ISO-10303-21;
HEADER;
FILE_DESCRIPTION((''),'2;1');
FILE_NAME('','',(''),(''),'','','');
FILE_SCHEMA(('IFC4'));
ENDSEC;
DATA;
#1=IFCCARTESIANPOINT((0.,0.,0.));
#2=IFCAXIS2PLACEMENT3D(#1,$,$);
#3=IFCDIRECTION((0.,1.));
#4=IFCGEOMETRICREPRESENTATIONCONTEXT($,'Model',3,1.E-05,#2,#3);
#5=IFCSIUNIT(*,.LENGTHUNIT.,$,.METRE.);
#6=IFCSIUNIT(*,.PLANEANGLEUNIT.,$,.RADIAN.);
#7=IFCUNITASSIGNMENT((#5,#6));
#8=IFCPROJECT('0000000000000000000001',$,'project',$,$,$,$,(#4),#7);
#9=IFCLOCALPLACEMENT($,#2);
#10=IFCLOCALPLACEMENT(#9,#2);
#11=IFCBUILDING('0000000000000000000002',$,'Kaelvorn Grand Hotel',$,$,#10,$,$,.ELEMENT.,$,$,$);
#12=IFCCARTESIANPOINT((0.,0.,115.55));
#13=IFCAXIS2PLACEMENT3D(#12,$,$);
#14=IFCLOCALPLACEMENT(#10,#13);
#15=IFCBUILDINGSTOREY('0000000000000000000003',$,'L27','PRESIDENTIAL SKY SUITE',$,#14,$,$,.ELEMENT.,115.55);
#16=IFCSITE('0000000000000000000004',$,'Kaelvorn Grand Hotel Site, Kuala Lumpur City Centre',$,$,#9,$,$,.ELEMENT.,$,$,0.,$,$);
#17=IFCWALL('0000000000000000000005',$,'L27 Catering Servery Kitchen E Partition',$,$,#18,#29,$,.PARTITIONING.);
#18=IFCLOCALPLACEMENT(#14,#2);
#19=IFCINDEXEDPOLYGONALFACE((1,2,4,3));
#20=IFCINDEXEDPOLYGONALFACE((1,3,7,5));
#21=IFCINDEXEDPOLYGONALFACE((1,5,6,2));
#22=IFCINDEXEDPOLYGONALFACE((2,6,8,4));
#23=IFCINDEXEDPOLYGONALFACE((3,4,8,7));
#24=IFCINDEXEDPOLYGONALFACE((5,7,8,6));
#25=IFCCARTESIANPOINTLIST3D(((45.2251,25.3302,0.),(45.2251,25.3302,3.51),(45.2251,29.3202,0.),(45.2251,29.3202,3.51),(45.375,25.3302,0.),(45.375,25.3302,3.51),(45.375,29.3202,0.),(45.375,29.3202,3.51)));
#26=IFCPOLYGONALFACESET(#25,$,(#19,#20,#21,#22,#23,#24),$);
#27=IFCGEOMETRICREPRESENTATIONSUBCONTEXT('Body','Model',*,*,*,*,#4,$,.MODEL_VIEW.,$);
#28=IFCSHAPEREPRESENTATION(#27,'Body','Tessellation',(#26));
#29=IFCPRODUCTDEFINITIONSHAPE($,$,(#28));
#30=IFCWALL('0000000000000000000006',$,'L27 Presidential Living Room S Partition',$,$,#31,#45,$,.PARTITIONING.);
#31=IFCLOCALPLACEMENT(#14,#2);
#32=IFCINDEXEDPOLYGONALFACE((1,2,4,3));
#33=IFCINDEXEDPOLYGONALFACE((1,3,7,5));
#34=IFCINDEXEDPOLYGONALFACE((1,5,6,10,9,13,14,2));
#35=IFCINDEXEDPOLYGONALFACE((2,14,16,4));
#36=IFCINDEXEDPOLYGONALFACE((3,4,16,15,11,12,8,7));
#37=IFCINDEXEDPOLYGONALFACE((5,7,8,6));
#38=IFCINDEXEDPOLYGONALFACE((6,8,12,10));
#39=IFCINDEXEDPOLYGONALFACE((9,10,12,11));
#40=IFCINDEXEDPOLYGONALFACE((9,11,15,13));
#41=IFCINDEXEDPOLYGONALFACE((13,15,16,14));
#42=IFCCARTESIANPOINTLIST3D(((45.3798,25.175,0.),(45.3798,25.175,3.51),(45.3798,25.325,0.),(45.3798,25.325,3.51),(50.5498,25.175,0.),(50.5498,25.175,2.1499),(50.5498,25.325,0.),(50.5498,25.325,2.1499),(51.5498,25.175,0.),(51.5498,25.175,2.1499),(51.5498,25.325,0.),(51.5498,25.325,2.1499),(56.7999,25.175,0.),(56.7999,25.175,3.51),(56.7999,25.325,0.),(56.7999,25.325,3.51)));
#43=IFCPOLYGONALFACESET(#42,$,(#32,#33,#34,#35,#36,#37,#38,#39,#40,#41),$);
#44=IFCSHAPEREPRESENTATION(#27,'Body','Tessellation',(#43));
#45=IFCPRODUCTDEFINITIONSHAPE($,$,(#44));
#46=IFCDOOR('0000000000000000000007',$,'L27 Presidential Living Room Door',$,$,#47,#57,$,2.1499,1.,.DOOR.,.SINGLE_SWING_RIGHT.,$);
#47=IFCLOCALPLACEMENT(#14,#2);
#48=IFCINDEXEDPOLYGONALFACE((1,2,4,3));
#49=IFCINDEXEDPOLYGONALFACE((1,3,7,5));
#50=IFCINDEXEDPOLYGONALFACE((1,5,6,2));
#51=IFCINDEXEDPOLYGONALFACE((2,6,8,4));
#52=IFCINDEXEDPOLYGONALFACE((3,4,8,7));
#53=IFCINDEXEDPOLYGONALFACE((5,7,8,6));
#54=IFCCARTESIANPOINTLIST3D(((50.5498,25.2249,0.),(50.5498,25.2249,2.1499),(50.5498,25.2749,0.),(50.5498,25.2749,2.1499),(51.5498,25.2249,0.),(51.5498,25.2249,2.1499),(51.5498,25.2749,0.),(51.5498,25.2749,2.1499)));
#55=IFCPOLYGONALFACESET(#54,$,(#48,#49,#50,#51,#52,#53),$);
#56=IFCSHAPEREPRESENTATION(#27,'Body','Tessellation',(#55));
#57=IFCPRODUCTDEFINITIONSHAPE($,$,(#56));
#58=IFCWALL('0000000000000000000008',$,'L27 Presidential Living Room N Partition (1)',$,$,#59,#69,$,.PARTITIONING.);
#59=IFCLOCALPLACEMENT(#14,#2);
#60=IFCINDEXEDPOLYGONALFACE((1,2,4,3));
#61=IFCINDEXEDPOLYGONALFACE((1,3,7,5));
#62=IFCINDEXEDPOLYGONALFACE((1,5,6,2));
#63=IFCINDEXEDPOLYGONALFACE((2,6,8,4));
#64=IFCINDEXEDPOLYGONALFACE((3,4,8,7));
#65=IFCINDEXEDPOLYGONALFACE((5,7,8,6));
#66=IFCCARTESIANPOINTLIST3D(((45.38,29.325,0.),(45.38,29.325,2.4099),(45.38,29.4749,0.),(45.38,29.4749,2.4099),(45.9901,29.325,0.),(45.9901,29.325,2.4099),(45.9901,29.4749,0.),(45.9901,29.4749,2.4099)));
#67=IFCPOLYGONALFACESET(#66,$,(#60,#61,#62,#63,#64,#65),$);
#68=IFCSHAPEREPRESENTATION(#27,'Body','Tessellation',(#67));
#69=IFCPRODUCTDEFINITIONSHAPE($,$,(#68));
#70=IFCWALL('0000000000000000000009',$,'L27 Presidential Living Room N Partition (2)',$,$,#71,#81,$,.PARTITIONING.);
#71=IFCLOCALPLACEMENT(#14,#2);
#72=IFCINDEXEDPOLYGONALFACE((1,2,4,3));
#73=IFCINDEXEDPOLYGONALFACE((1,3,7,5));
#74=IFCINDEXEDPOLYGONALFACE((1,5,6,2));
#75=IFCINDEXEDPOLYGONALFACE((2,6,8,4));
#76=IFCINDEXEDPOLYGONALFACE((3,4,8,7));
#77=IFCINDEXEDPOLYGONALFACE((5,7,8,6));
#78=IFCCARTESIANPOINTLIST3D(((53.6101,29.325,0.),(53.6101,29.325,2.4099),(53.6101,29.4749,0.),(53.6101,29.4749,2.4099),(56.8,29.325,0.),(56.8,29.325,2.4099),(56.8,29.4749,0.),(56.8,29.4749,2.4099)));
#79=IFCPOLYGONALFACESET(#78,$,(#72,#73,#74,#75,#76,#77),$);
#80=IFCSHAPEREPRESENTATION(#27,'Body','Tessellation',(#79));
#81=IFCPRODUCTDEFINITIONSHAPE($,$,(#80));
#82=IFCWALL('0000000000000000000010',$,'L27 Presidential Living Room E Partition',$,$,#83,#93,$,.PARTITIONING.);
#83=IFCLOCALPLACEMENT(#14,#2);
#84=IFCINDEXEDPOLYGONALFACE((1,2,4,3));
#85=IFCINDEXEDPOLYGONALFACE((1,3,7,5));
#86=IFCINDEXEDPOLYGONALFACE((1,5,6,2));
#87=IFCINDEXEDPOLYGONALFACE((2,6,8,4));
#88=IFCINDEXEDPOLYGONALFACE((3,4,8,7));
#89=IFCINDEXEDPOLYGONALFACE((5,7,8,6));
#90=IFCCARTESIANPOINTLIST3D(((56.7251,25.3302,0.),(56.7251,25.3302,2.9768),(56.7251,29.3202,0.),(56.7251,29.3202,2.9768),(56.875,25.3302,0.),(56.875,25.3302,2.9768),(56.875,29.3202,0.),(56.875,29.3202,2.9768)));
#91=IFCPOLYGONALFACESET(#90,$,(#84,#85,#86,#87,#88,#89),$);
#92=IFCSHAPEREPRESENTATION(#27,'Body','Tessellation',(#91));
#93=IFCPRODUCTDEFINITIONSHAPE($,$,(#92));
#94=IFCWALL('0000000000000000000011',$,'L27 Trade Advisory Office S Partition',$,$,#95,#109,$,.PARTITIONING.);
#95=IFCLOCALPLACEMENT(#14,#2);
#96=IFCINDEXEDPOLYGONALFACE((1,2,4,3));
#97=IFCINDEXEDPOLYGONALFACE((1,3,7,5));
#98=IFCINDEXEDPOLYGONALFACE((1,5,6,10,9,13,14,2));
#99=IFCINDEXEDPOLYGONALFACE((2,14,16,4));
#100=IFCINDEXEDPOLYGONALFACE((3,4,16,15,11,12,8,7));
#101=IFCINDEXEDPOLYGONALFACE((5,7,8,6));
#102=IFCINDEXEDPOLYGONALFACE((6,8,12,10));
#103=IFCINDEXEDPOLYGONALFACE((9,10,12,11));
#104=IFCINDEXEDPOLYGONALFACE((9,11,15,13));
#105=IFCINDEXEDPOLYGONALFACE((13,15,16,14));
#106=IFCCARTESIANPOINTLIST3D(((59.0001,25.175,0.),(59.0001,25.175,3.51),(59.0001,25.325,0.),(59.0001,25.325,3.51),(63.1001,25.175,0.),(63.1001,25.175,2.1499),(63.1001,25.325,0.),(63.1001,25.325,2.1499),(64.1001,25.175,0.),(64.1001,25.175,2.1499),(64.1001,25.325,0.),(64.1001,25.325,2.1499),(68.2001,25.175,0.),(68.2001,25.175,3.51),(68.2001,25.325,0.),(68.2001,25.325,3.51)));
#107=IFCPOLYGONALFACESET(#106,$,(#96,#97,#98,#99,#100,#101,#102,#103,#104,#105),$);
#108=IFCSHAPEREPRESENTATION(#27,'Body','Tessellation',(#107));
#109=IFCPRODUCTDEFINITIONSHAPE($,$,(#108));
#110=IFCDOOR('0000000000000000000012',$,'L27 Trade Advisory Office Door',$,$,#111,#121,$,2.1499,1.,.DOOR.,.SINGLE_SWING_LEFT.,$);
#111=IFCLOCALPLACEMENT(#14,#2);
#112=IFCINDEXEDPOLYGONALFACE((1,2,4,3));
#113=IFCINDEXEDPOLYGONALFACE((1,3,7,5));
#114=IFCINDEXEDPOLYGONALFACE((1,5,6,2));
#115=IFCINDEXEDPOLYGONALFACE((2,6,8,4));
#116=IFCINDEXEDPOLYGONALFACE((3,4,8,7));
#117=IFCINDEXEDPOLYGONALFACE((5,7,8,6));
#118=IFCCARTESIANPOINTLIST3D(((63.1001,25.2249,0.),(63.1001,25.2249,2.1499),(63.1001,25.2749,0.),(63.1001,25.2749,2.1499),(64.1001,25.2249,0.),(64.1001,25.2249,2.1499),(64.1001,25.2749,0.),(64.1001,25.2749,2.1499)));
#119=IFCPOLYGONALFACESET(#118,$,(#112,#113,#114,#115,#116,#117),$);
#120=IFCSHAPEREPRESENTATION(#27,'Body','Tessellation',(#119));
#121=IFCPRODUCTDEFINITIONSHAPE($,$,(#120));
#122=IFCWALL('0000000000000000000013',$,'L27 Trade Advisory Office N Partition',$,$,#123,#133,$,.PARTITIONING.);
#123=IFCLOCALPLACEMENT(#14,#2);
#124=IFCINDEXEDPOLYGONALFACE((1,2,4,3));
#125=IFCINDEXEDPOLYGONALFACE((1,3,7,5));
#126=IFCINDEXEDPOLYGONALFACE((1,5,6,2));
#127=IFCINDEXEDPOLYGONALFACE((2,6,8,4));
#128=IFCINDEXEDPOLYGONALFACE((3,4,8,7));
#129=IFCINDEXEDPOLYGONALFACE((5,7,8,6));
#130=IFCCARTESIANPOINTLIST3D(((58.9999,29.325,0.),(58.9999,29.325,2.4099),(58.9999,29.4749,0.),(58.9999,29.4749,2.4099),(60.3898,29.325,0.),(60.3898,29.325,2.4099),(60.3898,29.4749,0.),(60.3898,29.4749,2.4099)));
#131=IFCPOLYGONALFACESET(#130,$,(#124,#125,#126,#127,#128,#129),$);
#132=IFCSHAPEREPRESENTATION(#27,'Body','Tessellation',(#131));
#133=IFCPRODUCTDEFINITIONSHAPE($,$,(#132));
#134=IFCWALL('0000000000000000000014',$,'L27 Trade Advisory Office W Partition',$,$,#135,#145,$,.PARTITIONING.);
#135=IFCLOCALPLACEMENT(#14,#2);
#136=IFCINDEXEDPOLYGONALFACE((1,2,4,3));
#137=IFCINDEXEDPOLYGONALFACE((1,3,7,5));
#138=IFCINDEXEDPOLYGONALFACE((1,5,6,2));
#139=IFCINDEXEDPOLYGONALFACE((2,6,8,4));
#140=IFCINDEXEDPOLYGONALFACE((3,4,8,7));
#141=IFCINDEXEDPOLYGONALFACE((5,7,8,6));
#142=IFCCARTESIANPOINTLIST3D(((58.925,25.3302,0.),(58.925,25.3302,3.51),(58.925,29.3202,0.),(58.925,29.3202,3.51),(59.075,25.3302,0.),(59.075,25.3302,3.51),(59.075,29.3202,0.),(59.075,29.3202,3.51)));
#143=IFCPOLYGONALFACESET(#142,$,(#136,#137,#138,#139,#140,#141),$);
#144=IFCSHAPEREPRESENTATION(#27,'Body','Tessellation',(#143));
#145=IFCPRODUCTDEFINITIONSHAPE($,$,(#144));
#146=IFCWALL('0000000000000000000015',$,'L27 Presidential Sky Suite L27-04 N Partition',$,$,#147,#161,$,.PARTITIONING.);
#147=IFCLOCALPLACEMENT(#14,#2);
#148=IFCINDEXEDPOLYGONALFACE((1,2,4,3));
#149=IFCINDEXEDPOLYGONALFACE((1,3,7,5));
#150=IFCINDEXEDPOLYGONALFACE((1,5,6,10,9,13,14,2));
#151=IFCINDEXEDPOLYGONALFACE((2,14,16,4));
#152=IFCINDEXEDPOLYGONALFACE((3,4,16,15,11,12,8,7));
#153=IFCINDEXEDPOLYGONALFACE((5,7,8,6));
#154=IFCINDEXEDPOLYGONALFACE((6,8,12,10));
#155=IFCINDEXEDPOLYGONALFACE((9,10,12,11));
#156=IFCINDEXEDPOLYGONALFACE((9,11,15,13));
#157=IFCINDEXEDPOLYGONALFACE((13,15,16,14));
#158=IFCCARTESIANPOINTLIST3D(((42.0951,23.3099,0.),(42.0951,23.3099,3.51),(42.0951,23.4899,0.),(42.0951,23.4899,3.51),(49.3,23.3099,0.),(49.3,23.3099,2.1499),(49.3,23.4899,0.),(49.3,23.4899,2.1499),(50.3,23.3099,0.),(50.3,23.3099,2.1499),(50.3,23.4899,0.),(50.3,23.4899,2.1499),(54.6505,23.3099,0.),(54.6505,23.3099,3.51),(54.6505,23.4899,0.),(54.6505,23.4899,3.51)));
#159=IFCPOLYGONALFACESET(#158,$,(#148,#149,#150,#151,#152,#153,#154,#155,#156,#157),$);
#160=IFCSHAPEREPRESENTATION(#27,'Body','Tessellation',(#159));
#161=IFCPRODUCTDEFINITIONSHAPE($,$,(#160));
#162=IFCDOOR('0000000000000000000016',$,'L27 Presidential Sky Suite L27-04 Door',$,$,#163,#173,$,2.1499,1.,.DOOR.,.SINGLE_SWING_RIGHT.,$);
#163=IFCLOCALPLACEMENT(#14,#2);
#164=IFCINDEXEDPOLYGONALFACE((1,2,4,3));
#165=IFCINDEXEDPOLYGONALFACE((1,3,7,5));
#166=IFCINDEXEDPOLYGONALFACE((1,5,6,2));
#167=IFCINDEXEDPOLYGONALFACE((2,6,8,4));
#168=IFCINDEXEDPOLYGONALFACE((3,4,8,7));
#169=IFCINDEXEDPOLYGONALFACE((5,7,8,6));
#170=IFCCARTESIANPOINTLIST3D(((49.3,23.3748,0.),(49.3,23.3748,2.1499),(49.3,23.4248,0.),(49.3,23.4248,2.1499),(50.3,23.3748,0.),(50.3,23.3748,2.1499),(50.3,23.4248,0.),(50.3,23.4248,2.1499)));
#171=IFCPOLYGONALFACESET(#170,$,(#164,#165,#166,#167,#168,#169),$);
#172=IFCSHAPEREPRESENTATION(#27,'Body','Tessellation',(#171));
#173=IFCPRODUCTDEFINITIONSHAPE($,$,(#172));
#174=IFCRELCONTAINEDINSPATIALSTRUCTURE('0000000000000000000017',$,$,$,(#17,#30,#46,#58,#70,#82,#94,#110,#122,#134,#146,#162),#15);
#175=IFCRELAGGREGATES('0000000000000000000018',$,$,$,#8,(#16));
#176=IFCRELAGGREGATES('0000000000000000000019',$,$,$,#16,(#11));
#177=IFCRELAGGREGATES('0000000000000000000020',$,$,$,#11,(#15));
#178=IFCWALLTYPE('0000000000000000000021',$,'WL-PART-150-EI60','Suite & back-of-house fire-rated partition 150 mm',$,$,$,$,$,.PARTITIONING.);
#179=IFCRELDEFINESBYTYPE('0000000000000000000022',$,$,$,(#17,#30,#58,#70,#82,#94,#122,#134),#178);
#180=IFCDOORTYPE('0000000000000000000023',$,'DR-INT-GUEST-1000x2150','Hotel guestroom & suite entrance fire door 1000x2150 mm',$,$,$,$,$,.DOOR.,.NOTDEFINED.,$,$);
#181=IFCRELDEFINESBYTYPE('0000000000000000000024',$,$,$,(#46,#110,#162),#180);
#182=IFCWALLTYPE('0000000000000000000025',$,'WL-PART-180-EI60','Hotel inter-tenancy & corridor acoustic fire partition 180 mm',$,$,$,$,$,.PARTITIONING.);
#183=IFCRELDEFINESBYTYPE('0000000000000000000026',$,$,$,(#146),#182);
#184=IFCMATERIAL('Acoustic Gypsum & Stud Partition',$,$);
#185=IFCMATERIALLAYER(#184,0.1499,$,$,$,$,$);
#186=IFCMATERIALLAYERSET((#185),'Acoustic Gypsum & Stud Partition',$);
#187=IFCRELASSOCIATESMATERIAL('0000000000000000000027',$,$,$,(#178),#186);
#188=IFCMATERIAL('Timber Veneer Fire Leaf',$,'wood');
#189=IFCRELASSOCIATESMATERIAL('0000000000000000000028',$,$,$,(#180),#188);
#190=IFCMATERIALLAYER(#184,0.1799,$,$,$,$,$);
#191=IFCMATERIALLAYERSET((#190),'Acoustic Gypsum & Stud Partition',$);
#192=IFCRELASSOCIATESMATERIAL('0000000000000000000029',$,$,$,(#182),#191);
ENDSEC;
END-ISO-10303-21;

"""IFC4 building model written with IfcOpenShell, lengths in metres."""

from ifc_helpers import new_model, si_unit, direction, frame, frame_2d, origin, place, context, subcontext, project, spatial, rectangle, extrude, material, layer, layer_set, type_object, element, fill, save


model = new_model("IFC4")

# Units and contexts
model_context = context("Model", 3, precision=1e-05, world=origin(), true_north=direction((0.0, 1.0)))
body_context = subcontext(model_context, "Body", "Model", "MODEL_VIEW")
ifc_project = project(units=[si_unit("LENGTHUNIT", "METRE"), si_unit("PLANEANGLEUNIT", "RADIAN")], contexts=[model_context])

# Site, building, storey
site_placement = place(None, origin())
site = spatial("IfcSite", under=ifc_project, at=site_placement, Name="Kaelvorn Grand Hotel Site, Kuala Lumpur City Centre", CompositionType="ELEMENT", RefElevation=0.0)
building_placement = place(site_placement, origin())
building = spatial("IfcBuilding", under=site, at=building_placement, Name="Kaelvorn Grand Hotel", CompositionType="ELEMENT")
storey_placement = place(building_placement, frame((0.0, 0.0, 115.55)))
storey = spatial("IfcBuildingStorey", under=building, at=storey_placement, Name="L27", Description="PRESIDENTIAL SKY SUITE", CompositionType="ELEMENT", Elevation=115.55)

# Wall
ifc_material_1 = material(Name="Acoustic Gypsum & Stud Partition")
ifc_layer_1 = layer(ifc_material_1, 0.1499)
ifc_layer_set_1 = layer_set([ifc_layer_1], Name="Acoustic Gypsum & Stud Partition")
wall_type_1 = type_object("IfcWallType", Name="WL-PART-150-EI60", Description="Suite & back-of-house fire-rated partition 150 mm", PredefinedType="PARTITIONING", material=ifc_layer_set_1)
wall_1_placement = place(storey_placement, frame((45.3, 25.3301, 0.0), z_axis=(0.0, 0.0, 1.0), x_axis=(0.0, 1.0, 0.0)))
element("IfcWall", 1, at=wall_1_placement, inside=storey, type_object=wall_type_1, Name="L27 Catering Servery Kitchen E Partition", PredefinedType="PARTITIONING", context=body_context, shape_type="SweptSolid", body=[
    extrude(rectangle(XDim=3.99, YDim=0.1499, at=frame_2d((1.9951, 0.0))), origin(), (0.0, 0.0, 1.0), 3.51),
])

# Wall, opening, door
wall_2_placement = place(storey_placement, frame((45.3799, 25.25, 0.0), z_axis=(0.0, 0.0, 1.0), x_axis=(1.0, 0.0, 0.0)))
wall_2 = element("IfcWall", 2, at=wall_2_placement, inside=storey, type_object=wall_type_1, Name="L27 Presidential Living Room S Partition", PredefinedType="PARTITIONING", context=body_context, shape_type="SweptSolid", body=[
    extrude(rectangle(XDim=11.4202, YDim=0.1499, at=frame_2d((5.71, 0.0))), origin(), (0.0, 0.0, 1.0), 3.51),
])
opening_1_placement = place(wall_2_placement, frame((5.1699, 0.0, 0.0)))
opening_1 = element("IfcOpeningElement", 3, at=opening_1_placement, cuts=wall_2, PredefinedType="OPENING", context=body_context, shape_type="SweptSolid", body=[
    extrude(rectangle(XDim=1.0, YDim=2.1499, at=frame_2d((0.5, 1.075))), frame((0.0, 0.085, 0.0), z_axis=(0.0, -1.0, 0.0), x_axis=(1.0, 0.0, 0.0)), (0.0, 0.0, 1.0), 0.1699),
])
ifc_material_2 = material(Name="Timber Veneer Fire Leaf", Category="wood")
door_type_1 = type_object("IfcDoorType", Name="DR-INT-GUEST-1000x2150", Description="Hotel guestroom & suite entrance fire door 1000x2150 mm", OperationType="NOTDEFINED", PredefinedType="DOOR", material=ifc_material_2)
door_1_placement = place(opening_1_placement, origin())
door_1 = element("IfcDoor", 4, at=door_1_placement, inside=storey, type_object=door_type_1, Name="L27 Presidential Living Room Door", OperationType="SINGLE_SWING_RIGHT", OverallHeight=2.1499, OverallWidth=1.0, PredefinedType="DOOR", context=body_context, shape_type="SweptSolid", body=[
    extrude(rectangle(XDim=1.0, YDim=2.1499, at=frame_2d((0.5, 1.075))), frame((0.0, 0.0249, 0.0), z_axis=(0.0, -1.0, 0.0), x_axis=(1.0, 0.0, 0.0)), (0.0, 0.0, 1.0), 0.05),
])
fill(opening_1, door_1)

# Walls
wall_3_placement = place(storey_placement, frame((45.3799, 29.3999, 0.0), z_axis=(0.0, 0.0, 1.0), x_axis=(1.0, 0.0, 0.0)))
element("IfcWall", 5, at=wall_3_placement, inside=storey, type_object=wall_type_1, Name="L27 Presidential Living Room N Partition (1)", PredefinedType="PARTITIONING", context=body_context, shape_type="SweptSolid", body=[
    extrude(rectangle(XDim=0.6101, YDim=0.1499, at=frame_2d((0.3052, 0.0))), origin(), (0.0, 0.0, 1.0), 2.4099),
])
wall_4_placement = place(storey_placement, frame((53.6101, 29.3999, 0.0), z_axis=(0.0, 0.0, 1.0), x_axis=(1.0, 0.0, 0.0)))
element("IfcWall", 6, at=wall_4_placement, inside=storey, type_object=wall_type_1, Name="L27 Presidential Living Room N Partition (2)", PredefinedType="PARTITIONING", context=body_context, shape_type="SweptSolid", body=[
    extrude(rectangle(XDim=3.1899, YDim=0.1499, at=frame_2d((1.595, 0.0))), origin(), (0.0, 0.0, 1.0), 2.4099),
])
wall_5_placement = place(storey_placement, frame((56.8, 25.3301, 0.0), z_axis=(0.0, 0.0, 1.0), x_axis=(0.0, 1.0, 0.0)))
element("IfcWall", 7, at=wall_5_placement, inside=storey, type_object=wall_type_1, Name="L27 Presidential Living Room E Partition", PredefinedType="PARTITIONING", context=body_context, shape_type="SweptSolid", body=[
    extrude(rectangle(XDim=3.99, YDim=0.1499, at=frame_2d((1.9951, 0.0))), origin(), (0.0, 0.0, 1.0), 2.9768),
])

# Wall, opening, door
wall_6_placement = place(storey_placement, frame((59.0, 25.25, 0.0), z_axis=(0.0, 0.0, 1.0), x_axis=(1.0, 0.0, 0.0)))
wall_6 = element("IfcWall", 8, at=wall_6_placement, inside=storey, type_object=wall_type_1, Name="L27 Trade Advisory Office S Partition", PredefinedType="PARTITIONING", context=body_context, shape_type="SweptSolid", body=[
    extrude(rectangle(XDim=9.2, YDim=0.1499, at=frame_2d((4.6001, 0.0))), origin(), (0.0, 0.0, 1.0), 3.51),
])
opening_2_placement = place(wall_6_placement, frame((4.1001, 0.0, 0.0)))
opening_2 = element("IfcOpeningElement", 9, at=opening_2_placement, cuts=wall_6, PredefinedType="OPENING", context=body_context, shape_type="SweptSolid", body=[
    extrude(rectangle(XDim=1.0, YDim=2.1499, at=frame_2d((0.5, 1.075))), frame((0.0, 0.085, 0.0), z_axis=(0.0, -1.0, 0.0), x_axis=(1.0, 0.0, 0.0)), (0.0, 0.0, 1.0), 0.1699),
])
door_2_placement = place(opening_2_placement, origin())
door_2 = element("IfcDoor", 10, at=door_2_placement, inside=storey, type_object=door_type_1, Name="L27 Trade Advisory Office Door", OperationType="SINGLE_SWING_LEFT", OverallHeight=2.1499, OverallWidth=1.0, PredefinedType="DOOR", context=body_context, shape_type="SweptSolid", body=[
    extrude(rectangle(XDim=1.0, YDim=2.1499, at=frame_2d((0.5, 1.075))), frame((0.0, 0.0249, 0.0), z_axis=(0.0, -1.0, 0.0), x_axis=(1.0, 0.0, 0.0)), (0.0, 0.0, 1.0), 0.05),
])
fill(opening_2, door_2)

# Walls
wall_7_placement = place(storey_placement, frame((59.0, 29.3999, 0.0), z_axis=(0.0, 0.0, 1.0), x_axis=(1.0, 0.0, 0.0)))
element("IfcWall", 11, at=wall_7_placement, inside=storey, type_object=wall_type_1, Name="L27 Trade Advisory Office N Partition", PredefinedType="PARTITIONING", context=body_context, shape_type="SweptSolid", body=[
    extrude(rectangle(XDim=1.3899, YDim=0.1499, at=frame_2d((0.6948, 0.0))), origin(), (0.0, 0.0, 1.0), 2.4099),
])
wall_8_placement = place(storey_placement, frame((59.0, 25.3301, 0.0), z_axis=(0.0, 0.0, 1.0), x_axis=(0.0, 1.0, 0.0)))
element("IfcWall", 12, at=wall_8_placement, inside=storey, type_object=wall_type_1, Name="L27 Trade Advisory Office W Partition", PredefinedType="PARTITIONING", context=body_context, shape_type="SweptSolid", body=[
    extrude(rectangle(XDim=3.99, YDim=0.1499, at=frame_2d((1.9951, 0.0))), origin(), (0.0, 0.0, 1.0), 3.51),
])

# Wall, opening, door
ifc_layer_2 = layer(ifc_material_1, 0.1799)
ifc_layer_set_2 = layer_set([ifc_layer_2], Name="Acoustic Gypsum & Stud Partition")
wall_type_2 = type_object("IfcWallType", Name="WL-PART-180-EI60", Description="Hotel inter-tenancy & corridor acoustic fire partition 180 mm", PredefinedType="PARTITIONING", material=ifc_layer_set_2)
wall_9_placement = place(storey_placement, frame((42.095, 23.3999, 0.0), z_axis=(0.0, 0.0, 1.0), x_axis=(1.0, 0.0, 0.0)))
wall_9 = element("IfcWall", 13, at=wall_9_placement, inside=storey, type_object=wall_type_2, Name="L27 Presidential Sky Suite L27-04 N Partition", PredefinedType="PARTITIONING", context=body_context, shape_type="SweptSolid", body=[
    extrude(rectangle(XDim=12.5554, YDim=0.1799, at=frame_2d((6.2778, 0.0))), origin(), (0.0, 0.0, 1.0), 3.51),
])
opening_3_placement = place(wall_9_placement, frame((7.2051, 0.0, 0.0)))
opening_3 = element("IfcOpeningElement", 14, at=opening_3_placement, cuts=wall_9, PredefinedType="OPENING", context=body_context, shape_type="SweptSolid", body=[
    extrude(rectangle(XDim=1.0, YDim=2.1499, at=frame_2d((0.5, 1.075))), frame((0.0, 0.1001, 0.0), z_axis=(0.0, -1.0, 0.0), x_axis=(1.0, 0.0, 0.0)), (0.0, 0.0, 1.0), 0.2),
])
door_3_placement = place(opening_3_placement, origin())
door_3 = element("IfcDoor", 15, at=door_3_placement, inside=storey, type_object=door_type_1, Name="L27 Presidential Sky Suite L27-04 Door", OperationType="SINGLE_SWING_RIGHT", OverallHeight=2.1499, OverallWidth=1.0, PredefinedType="DOOR", context=body_context, shape_type="SweptSolid", body=[
    extrude(rectangle(XDim=1.0, YDim=2.1499, at=frame_2d((0.5, 1.075))), frame((0.0, 0.0249, 0.0), z_axis=(0.0, -1.0, 0.0), x_axis=(1.0, 0.0, 0.0)), (0.0, 0.0, 1.0), 0.05),
])
fill(opening_3, door_3)

save(model, "model.ifc")
